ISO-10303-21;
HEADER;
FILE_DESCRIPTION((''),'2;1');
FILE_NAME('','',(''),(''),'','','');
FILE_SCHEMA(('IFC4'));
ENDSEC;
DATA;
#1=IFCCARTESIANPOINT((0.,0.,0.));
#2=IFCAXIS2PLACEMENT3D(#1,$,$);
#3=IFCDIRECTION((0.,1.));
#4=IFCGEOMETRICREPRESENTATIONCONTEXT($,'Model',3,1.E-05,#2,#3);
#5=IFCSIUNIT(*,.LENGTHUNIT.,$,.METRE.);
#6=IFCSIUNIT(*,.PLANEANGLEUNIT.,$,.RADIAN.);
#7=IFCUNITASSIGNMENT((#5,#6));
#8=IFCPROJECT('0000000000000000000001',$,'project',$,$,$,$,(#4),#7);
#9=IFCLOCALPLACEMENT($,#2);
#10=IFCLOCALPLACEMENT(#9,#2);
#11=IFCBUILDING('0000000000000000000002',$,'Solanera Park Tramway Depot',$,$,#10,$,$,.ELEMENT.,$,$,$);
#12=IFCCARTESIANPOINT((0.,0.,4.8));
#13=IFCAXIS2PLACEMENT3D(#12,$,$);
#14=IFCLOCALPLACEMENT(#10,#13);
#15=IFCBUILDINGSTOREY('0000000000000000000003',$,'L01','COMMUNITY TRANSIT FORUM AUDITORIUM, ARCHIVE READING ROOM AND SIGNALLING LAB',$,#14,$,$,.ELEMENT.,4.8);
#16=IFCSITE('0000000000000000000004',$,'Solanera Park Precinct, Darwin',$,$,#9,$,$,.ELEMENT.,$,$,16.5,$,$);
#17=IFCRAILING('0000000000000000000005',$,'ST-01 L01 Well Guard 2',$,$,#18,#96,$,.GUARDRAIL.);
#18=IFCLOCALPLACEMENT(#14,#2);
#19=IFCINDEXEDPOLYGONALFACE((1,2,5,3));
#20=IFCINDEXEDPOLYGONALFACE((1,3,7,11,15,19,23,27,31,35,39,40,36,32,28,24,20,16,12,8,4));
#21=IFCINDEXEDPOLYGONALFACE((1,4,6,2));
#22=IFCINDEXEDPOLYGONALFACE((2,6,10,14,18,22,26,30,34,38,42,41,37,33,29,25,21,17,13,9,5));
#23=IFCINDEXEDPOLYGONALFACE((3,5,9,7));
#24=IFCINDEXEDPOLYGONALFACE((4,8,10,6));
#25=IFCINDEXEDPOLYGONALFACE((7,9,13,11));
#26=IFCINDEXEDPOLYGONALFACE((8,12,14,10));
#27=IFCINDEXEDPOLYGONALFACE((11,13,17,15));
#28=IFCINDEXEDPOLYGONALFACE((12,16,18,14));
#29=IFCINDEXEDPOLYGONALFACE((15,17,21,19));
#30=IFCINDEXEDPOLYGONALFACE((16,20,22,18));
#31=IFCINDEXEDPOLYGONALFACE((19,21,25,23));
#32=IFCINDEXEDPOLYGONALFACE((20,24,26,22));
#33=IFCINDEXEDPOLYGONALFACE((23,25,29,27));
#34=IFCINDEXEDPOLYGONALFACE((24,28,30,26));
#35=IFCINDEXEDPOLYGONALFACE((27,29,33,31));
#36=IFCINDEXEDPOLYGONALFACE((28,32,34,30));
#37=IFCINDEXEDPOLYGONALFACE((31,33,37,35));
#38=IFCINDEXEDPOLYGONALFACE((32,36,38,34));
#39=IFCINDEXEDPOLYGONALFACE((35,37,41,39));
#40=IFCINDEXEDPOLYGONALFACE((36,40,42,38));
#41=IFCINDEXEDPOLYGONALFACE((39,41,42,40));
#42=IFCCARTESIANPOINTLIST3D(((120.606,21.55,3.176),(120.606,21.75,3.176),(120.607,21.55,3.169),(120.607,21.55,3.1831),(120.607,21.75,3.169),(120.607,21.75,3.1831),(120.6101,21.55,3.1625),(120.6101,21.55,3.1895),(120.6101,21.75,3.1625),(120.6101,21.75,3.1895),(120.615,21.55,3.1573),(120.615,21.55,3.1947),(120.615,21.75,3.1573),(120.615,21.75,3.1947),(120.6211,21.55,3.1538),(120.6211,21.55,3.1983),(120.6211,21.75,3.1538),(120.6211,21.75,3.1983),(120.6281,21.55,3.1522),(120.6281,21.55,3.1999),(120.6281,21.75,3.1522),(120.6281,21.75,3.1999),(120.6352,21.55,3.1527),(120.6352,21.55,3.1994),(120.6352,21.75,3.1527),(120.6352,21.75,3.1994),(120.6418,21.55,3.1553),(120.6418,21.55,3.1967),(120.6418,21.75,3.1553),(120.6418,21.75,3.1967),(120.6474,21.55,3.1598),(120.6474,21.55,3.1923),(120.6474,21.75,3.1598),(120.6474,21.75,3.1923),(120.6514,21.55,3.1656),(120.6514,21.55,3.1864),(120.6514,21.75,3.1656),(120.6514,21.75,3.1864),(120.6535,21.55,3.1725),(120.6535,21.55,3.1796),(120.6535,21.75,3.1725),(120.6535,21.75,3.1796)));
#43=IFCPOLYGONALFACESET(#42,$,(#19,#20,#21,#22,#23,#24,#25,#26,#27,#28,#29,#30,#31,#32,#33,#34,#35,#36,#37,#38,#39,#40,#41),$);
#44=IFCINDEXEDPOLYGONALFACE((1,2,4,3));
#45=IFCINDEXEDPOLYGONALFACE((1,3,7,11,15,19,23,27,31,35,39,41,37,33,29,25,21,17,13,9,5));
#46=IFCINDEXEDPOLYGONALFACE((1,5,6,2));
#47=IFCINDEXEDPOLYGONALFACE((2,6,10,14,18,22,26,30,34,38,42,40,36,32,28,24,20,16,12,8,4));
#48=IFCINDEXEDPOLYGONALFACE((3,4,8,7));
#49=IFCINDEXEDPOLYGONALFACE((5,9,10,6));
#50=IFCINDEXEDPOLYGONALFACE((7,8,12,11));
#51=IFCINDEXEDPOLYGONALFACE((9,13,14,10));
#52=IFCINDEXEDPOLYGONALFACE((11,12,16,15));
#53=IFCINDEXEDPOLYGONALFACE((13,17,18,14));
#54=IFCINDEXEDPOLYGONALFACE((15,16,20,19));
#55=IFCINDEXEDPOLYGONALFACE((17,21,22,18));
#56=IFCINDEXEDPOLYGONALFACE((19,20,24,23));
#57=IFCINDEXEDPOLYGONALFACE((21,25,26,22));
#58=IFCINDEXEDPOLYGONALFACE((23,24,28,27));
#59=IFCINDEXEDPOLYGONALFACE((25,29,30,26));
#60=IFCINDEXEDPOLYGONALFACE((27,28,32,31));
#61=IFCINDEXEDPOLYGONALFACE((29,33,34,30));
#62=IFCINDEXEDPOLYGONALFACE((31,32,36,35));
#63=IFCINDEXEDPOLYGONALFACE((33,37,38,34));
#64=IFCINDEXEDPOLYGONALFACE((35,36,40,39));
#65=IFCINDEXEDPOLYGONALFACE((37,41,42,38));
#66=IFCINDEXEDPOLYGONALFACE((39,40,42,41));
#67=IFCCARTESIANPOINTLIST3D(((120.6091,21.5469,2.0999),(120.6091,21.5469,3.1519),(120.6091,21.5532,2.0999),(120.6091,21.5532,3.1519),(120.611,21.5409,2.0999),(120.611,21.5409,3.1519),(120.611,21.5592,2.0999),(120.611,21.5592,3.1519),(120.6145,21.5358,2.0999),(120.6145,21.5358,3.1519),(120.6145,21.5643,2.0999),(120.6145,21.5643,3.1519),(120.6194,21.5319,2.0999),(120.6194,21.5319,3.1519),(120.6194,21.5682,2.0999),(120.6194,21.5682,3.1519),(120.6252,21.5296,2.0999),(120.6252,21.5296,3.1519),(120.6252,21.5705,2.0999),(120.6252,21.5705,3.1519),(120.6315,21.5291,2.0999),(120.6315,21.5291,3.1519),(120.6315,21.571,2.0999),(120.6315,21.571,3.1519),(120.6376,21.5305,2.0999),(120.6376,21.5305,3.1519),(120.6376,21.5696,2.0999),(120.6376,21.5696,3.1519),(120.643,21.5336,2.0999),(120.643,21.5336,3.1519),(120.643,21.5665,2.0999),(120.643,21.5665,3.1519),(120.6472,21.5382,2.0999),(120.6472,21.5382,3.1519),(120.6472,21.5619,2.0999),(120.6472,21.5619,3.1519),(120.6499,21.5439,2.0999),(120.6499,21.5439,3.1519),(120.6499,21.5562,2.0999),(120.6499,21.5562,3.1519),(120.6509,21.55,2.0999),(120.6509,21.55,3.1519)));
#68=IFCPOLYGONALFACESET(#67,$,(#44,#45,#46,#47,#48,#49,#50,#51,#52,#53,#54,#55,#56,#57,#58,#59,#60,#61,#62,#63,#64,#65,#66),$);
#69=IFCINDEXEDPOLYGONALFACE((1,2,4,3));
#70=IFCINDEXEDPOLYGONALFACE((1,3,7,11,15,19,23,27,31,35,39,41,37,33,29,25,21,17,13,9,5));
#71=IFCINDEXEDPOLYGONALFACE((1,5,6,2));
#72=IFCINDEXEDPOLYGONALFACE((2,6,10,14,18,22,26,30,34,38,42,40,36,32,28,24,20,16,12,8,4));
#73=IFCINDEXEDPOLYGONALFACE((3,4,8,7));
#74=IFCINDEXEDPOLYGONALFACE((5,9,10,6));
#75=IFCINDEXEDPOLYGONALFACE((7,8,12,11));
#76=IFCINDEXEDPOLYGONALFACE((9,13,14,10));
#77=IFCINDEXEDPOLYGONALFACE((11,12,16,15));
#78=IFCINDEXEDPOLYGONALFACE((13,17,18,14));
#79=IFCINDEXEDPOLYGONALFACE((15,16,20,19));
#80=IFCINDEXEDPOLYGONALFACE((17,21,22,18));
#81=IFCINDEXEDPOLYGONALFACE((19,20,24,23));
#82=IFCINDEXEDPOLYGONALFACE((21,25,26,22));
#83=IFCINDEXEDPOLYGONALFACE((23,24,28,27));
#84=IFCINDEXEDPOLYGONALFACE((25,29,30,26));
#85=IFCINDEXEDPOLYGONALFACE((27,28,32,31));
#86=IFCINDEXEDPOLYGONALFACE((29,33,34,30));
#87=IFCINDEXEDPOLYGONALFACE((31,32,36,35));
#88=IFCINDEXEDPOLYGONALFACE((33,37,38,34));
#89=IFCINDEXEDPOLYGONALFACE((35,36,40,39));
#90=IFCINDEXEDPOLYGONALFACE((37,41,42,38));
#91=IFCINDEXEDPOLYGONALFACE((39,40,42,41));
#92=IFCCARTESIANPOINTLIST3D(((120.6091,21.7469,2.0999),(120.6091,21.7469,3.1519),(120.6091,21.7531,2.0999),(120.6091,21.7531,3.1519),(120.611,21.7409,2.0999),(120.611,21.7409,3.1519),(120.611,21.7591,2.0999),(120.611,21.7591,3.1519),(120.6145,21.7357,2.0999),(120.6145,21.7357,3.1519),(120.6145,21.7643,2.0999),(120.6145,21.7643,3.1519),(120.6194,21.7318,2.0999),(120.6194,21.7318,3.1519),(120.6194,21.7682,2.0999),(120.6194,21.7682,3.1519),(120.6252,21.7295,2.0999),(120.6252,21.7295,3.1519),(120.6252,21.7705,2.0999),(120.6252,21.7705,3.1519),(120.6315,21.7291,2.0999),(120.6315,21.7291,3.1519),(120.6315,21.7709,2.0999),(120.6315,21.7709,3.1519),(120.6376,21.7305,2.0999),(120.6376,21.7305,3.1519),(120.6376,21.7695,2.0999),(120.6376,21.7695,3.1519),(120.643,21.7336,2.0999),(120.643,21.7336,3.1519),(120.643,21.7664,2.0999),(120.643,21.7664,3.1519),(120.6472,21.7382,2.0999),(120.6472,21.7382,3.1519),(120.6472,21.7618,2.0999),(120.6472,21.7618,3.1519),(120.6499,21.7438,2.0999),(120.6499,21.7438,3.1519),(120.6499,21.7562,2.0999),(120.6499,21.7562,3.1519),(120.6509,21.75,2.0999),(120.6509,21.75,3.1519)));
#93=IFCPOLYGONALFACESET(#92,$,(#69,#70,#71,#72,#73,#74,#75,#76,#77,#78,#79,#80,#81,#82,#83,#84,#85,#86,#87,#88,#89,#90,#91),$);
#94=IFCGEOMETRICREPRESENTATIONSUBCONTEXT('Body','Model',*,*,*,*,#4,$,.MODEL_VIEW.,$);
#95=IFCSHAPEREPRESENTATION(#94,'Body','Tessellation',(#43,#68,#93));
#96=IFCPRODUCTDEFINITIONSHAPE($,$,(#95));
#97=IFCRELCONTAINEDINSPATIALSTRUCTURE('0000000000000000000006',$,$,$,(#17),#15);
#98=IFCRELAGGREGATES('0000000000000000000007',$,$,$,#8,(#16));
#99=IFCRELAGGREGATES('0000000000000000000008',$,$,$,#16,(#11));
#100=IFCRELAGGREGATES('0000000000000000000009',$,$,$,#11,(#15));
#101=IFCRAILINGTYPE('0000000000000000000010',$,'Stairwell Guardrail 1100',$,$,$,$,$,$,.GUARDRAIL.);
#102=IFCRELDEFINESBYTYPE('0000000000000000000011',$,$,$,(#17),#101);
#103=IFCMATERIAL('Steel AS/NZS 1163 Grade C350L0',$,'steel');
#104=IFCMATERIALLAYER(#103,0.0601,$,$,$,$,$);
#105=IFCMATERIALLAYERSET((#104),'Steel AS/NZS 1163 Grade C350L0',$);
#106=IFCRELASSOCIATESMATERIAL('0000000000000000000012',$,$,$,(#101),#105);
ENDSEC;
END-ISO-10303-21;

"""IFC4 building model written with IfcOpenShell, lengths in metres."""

from ifc_helpers import new_model, si_unit, direction, frame, origin, origin_2d, place, context, subcontext, project, spatial, circle, extrude, material, layer, layer_set, type_object, element, save


model = new_model("IFC4")

# Units and contexts
model_context = context("Model", 3, precision=1e-05, world=origin(), true_north=direction((0.0, 1.0)))
body_context = subcontext(model_context, "Body", "Model", "MODEL_VIEW")
ifc_project = project(units=[si_unit("LENGTHUNIT", "METRE"), si_unit("PLANEANGLEUNIT", "RADIAN")], contexts=[model_context])

# Site, building, storey
site_placement = place(None, origin())
site = spatial("IfcSite", under=ifc_project, at=site_placement, Name="Solanera Park Precinct, Darwin", CompositionType="ELEMENT", RefElevation=16.5)
building_placement = place(site_placement, origin())
building = spatial("IfcBuilding", under=site, at=building_placement, Name="Solanera Park Tramway Depot", CompositionType="ELEMENT")
storey_placement = place(building_placement, frame((0.0, 0.0, 4.8)))
storey = spatial("IfcBuildingStorey", under=building, at=storey_placement, Name="L01", Description="COMMUNITY TRANSIT FORUM AUDITORIUM, ARCHIVE READING ROOM AND SIGNALLING LAB", CompositionType="ELEMENT", Elevation=4.8)

# Railing
ifc_material_1 = material(Name="Steel AS/NZS 1163 Grade C350L0", Category="steel")
ifc_layer_1 = layer(ifc_material_1, 0.0601)
ifc_layer_set_1 = layer_set([ifc_layer_1], Name="Steel AS/NZS 1163 Grade C350L0")
railing_type_1 = type_object("IfcRailingType", Name="Stairwell Guardrail 1100", PredefinedType="GUARDRAIL", material=ifc_layer_set_1)
railing_1_placement = place(storey_placement, frame((120.6299, 21.55, 2.0999)))
element("IfcRailing", 1, at=railing_1_placement, inside=storey, type_object=railing_type_1, Name="ST-01 L01 Well Guard 2", PredefinedType="GUARDRAIL", context=body_context, shape_type="SweptSolid", body=[
    extrude(circle(Radius=0.0239, at=origin_2d()), frame((0.0, 0.0, 1.0762), z_axis=(0.0, 1.0, 0.0), x_axis=(-1.0, 0.0, 0.0)), (0.0, 0.0, 1.0), 0.2),
    extrude(circle(Radius=0.021, at=origin_2d()), origin(), (0.0, 0.0, 1.0), 1.052),
    extrude(circle(Radius=0.021, at=origin_2d()), frame((0.0, 0.2, 0.0)), (0.0, 0.0, 1.0), 1.052),
])

save(model, "model.ifc")
